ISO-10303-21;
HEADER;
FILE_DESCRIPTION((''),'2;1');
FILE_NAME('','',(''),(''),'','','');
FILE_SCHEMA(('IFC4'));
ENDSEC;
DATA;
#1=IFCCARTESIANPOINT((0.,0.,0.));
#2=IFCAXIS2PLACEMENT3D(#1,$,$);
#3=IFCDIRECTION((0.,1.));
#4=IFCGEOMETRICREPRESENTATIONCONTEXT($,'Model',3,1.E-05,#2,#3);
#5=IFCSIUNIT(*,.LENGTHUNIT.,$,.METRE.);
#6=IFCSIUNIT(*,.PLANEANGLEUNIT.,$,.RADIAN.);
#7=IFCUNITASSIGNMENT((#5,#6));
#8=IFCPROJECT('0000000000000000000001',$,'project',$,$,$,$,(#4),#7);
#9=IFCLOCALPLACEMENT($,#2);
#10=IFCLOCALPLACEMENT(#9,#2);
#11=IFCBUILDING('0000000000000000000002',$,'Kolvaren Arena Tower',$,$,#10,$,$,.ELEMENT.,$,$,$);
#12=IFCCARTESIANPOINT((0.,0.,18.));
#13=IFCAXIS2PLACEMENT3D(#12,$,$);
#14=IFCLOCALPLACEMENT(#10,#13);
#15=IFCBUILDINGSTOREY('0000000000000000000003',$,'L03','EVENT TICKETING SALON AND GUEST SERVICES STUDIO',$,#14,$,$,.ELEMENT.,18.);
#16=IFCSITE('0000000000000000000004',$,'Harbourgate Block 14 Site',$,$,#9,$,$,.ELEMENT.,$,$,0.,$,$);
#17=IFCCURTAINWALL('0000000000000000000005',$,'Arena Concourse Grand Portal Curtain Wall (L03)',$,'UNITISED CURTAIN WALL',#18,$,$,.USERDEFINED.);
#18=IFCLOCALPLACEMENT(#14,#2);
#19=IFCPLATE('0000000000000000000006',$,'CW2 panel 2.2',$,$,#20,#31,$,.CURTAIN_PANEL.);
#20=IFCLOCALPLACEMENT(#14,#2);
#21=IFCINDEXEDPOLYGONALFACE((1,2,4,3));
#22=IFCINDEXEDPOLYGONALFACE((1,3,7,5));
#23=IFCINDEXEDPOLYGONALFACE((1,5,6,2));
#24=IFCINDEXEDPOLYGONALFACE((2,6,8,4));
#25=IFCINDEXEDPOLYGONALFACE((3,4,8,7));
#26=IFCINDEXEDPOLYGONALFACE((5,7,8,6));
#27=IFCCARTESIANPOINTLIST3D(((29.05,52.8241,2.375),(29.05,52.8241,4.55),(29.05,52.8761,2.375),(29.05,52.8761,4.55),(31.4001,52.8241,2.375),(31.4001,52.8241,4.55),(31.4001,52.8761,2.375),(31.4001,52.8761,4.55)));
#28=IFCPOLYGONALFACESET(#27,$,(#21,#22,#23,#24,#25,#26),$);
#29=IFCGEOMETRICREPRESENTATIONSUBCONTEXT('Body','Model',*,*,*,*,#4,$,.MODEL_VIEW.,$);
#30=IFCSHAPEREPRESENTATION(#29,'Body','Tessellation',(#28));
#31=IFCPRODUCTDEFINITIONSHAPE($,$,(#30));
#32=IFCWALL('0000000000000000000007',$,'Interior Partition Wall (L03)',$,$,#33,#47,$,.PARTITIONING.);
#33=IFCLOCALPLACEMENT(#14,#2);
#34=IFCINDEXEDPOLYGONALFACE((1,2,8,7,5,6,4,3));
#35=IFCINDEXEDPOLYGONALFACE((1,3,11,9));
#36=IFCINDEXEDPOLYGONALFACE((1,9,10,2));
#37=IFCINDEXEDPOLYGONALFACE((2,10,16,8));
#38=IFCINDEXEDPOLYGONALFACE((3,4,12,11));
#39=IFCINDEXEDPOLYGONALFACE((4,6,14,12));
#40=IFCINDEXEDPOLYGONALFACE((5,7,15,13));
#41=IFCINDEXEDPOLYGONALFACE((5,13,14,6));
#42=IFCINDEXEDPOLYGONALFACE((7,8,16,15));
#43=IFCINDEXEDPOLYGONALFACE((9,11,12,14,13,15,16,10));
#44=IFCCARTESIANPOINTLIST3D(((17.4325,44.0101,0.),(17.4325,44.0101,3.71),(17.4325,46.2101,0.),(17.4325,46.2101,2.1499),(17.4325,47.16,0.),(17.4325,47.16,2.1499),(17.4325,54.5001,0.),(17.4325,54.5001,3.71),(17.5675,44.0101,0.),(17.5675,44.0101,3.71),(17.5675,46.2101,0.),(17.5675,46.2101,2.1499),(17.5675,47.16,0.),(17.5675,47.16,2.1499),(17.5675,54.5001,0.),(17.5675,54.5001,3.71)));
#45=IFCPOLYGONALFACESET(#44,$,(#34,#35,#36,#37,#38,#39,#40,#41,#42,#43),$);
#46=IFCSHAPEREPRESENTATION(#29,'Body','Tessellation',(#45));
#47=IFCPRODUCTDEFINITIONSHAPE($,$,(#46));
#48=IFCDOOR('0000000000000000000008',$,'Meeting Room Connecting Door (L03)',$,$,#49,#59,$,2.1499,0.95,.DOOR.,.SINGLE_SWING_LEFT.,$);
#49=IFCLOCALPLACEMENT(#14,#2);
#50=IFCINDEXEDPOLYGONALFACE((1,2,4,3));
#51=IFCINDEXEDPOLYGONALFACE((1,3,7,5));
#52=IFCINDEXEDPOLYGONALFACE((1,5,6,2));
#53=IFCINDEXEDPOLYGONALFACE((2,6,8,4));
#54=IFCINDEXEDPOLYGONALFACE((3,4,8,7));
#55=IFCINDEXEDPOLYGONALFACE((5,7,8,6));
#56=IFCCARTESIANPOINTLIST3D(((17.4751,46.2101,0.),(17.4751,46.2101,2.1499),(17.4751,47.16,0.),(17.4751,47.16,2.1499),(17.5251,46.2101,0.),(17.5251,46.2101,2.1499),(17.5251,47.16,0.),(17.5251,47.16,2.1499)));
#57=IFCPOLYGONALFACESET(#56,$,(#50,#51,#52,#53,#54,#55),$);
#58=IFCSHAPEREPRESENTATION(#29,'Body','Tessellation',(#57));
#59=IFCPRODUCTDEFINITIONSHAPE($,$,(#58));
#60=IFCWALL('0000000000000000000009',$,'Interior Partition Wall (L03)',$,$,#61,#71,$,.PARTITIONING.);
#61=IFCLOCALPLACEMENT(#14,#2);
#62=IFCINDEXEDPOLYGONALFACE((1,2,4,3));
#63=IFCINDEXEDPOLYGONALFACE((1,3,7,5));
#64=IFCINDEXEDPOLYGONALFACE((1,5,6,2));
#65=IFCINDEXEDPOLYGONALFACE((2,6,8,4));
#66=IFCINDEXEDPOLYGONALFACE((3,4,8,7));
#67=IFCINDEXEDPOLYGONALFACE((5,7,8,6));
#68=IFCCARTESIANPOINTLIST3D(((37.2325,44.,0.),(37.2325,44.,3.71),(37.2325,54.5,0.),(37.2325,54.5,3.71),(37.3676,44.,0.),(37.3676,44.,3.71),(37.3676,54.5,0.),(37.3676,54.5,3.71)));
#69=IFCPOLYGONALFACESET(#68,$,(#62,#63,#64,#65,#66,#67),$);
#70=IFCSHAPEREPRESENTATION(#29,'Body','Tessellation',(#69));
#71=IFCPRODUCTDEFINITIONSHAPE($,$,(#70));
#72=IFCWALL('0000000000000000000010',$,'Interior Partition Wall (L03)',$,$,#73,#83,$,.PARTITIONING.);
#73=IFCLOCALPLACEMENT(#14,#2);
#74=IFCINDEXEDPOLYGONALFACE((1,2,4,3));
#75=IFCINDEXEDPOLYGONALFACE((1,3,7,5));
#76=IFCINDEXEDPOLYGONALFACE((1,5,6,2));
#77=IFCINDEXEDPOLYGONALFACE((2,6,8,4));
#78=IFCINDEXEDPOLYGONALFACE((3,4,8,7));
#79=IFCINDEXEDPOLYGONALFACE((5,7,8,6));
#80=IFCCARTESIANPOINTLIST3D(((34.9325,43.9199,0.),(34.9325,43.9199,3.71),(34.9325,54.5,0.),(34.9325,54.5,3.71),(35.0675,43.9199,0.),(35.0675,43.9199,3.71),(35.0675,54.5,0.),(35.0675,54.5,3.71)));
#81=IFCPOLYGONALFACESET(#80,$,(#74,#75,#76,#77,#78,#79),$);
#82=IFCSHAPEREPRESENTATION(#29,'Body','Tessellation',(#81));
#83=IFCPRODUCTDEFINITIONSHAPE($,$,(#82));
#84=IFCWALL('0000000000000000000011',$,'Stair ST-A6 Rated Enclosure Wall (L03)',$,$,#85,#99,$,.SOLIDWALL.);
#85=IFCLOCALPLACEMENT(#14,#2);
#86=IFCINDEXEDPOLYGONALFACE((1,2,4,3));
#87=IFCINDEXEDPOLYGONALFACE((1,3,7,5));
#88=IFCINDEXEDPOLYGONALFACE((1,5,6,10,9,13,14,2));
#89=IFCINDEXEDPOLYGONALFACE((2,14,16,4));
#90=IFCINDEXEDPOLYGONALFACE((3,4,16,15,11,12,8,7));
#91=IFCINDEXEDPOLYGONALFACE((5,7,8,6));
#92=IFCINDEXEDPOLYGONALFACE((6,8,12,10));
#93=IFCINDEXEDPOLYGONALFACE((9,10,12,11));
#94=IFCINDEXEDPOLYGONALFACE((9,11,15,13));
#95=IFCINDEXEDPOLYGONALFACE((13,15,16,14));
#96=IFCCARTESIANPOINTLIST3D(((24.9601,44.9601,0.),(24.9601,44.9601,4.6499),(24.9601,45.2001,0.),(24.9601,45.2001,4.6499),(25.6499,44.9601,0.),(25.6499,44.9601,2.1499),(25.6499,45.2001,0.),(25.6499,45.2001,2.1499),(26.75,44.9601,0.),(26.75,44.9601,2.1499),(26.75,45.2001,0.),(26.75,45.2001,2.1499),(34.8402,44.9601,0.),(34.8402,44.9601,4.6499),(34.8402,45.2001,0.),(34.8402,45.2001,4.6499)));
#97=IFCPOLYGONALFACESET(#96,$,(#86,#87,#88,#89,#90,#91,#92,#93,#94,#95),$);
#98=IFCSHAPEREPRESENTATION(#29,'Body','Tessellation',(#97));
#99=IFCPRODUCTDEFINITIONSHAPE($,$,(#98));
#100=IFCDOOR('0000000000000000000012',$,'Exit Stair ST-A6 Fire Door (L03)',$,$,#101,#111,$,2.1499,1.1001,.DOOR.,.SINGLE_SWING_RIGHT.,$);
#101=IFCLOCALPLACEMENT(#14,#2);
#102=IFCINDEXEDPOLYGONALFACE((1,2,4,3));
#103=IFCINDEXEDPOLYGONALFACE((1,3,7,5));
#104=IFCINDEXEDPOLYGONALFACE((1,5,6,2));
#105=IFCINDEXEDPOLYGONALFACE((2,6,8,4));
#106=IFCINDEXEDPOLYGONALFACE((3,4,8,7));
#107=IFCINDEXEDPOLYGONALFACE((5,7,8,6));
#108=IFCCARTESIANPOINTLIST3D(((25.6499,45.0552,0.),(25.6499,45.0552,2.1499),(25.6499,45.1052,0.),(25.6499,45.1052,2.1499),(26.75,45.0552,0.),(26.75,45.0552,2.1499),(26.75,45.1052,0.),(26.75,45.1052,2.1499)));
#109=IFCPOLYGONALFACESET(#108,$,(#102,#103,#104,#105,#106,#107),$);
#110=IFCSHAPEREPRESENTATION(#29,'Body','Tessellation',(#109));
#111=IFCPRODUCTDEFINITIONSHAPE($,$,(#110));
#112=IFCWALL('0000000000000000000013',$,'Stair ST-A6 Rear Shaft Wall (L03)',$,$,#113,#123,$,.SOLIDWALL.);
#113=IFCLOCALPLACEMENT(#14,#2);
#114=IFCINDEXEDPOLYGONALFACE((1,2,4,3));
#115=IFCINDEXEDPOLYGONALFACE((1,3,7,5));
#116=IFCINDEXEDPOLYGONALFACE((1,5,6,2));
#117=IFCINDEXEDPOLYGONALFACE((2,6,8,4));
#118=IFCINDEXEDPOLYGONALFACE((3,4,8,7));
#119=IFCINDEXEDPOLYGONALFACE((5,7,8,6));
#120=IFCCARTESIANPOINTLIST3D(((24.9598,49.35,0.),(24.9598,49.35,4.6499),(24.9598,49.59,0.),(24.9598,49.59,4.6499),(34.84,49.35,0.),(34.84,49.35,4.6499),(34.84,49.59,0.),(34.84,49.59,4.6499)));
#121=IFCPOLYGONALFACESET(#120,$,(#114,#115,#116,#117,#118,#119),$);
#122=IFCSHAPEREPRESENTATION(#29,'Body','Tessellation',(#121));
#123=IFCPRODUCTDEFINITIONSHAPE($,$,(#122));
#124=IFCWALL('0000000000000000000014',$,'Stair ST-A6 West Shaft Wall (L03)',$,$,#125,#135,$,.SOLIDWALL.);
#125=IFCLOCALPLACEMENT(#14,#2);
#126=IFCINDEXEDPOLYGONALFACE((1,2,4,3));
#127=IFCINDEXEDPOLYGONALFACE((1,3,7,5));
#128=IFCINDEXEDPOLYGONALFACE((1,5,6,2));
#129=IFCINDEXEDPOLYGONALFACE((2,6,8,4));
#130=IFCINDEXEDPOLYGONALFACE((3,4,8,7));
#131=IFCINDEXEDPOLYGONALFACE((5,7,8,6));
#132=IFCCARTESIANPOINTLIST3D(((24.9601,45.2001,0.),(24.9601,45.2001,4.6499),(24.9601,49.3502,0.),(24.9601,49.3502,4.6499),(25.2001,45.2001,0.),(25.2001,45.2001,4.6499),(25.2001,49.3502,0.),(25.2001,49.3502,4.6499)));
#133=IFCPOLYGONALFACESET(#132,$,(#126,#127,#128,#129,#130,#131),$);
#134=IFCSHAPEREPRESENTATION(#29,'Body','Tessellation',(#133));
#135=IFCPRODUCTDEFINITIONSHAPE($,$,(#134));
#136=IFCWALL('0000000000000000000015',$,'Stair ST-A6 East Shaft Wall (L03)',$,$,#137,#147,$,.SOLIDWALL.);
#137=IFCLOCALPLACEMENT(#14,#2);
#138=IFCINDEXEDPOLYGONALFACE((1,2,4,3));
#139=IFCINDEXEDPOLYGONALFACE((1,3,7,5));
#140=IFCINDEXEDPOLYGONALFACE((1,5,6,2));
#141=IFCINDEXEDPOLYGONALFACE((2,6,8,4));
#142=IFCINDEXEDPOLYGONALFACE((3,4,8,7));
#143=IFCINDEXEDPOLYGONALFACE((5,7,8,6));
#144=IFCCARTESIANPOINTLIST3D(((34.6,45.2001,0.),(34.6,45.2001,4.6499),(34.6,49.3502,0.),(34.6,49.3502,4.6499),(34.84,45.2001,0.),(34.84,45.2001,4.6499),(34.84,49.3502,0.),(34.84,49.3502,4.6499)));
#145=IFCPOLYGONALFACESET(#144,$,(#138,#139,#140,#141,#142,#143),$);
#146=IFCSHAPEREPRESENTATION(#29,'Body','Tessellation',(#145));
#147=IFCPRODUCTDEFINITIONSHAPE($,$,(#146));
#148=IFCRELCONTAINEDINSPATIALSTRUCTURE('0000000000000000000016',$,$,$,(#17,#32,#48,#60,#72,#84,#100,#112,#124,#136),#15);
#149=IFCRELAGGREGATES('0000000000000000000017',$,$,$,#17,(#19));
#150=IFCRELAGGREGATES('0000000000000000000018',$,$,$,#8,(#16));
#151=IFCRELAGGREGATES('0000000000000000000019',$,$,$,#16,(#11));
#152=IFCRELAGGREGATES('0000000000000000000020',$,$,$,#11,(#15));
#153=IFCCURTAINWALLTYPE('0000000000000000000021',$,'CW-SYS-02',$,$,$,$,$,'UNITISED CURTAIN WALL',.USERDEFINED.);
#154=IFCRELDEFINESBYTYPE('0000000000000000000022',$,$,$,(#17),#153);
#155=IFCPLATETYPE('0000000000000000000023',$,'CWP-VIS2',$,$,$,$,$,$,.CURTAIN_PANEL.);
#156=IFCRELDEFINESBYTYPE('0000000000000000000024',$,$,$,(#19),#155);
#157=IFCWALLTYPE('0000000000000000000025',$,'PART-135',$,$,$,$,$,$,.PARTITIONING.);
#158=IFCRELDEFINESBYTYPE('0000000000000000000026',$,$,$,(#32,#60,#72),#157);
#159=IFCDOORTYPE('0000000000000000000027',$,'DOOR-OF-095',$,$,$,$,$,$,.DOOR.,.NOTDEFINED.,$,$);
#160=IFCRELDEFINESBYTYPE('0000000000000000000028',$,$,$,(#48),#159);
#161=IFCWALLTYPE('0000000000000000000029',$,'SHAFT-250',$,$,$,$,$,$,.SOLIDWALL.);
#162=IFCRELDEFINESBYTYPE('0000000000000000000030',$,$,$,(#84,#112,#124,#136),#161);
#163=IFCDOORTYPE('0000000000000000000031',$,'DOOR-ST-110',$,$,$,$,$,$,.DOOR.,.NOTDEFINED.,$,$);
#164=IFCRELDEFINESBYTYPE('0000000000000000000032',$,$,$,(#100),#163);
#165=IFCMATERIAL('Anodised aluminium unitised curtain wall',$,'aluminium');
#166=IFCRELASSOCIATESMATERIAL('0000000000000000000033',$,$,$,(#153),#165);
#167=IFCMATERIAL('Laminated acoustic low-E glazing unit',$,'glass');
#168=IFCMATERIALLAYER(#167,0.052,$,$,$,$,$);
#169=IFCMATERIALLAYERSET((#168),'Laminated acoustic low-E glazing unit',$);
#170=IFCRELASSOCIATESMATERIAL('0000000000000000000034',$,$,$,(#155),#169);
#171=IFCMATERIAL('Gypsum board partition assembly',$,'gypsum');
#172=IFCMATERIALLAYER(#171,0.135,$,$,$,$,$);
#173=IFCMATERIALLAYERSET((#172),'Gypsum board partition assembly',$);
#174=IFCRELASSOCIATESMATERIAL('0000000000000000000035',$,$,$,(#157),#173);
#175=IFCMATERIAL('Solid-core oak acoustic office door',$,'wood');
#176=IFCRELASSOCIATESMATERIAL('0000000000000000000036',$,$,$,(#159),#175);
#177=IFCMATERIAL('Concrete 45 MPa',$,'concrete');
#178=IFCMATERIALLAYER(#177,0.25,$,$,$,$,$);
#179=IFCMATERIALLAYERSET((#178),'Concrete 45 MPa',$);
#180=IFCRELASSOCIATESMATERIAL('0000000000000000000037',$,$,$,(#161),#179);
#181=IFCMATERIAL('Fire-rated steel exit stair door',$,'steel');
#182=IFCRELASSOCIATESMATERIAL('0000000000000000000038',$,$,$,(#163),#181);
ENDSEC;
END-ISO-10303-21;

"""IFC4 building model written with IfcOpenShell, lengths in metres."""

from ifc_helpers import new_model, si_unit, direction, frame, frame_2d, origin, origin_2d, place, context, subcontext, project, spatial, rectangle, extrude, material, layer, layer_set, type_object, element, fill, aggregate, save


model = new_model("IFC4")

# Units and contexts
model_context = context("Model", 3, precision=1e-05, world=origin(), true_north=direction((0.0, 1.0)))
body_context = subcontext(model_context, "Body", "Model", "MODEL_VIEW")
ifc_project = project(units=[si_unit("LENGTHUNIT", "METRE"), si_unit("PLANEANGLEUNIT", "RADIAN")], contexts=[model_context])

# Site, building, storey
site_placement = place(None, origin())
site = spatial("IfcSite", under=ifc_project, at=site_placement, Name="Harbourgate Block 14 Site", CompositionType="ELEMENT", RefElevation=0.0)
building_placement = place(site_placement, origin())
building = spatial("IfcBuilding", under=site, at=building_placement, Name="Kolvaren Arena Tower", CompositionType="ELEMENT")
storey_placement = place(building_placement, frame((0.0, 0.0, 18.0)))
storey = spatial("IfcBuildingStorey", under=building, at=storey_placement, Name="L03", Description="EVENT TICKETING SALON AND GUEST SERVICES STUDIO", CompositionType="ELEMENT", Elevation=18.0)

# Curtain wall
ifc_material_1 = material(Name="Anodised aluminium unitised curtain wall", Category="aluminium")
curtain_wall_type = type_object("IfcCurtainWallType", Name="CW-SYS-02", ElementType="UNITISED CURTAIN WALL", PredefinedType="USERDEFINED", material=ifc_material_1)
curtain_wall_placement = place(storey_placement, origin())
curtain_wall = element("IfcCurtainWall", 1, at=curtain_wall_placement, inside=storey, type_object=curtain_wall_type, Name="Arena Concourse Grand Portal Curtain Wall (L03)", ObjectType="UNITISED CURTAIN WALL", PredefinedType="USERDEFINED")

# Plate
ifc_material_2 = material(Name="Laminated acoustic low-E glazing unit", Category="glass")
ifc_layer_1 = layer(ifc_material_2, 0.052)
ifc_layer_set_1 = layer_set([ifc_layer_1], Name="Laminated acoustic low-E glazing unit")
plate_type = type_object("IfcPlateType", Name="CWP-VIS2", PredefinedType="CURTAIN_PANEL", material=ifc_layer_set_1)
plate_1_placement = place(storey_placement, frame((30.2251, 52.8501, 2.375), z_axis=(0.0, 0.0, 1.0), x_axis=(1.0, 0.0, 0.0)))
plate_1 = element("IfcPlate", 2, at=plate_1_placement, type_object=plate_type, Name="CW2 panel 2.2", PredefinedType="CURTAIN_PANEL", context=body_context, shape_type="SweptSolid", body=[
    extrude(rectangle(XDim=2.3501, YDim=0.052, at=origin_2d()), origin(), (0.0, 0.0, 1.0), 2.175),
])
aggregate(curtain_wall, [plate_1])

# Wall, opening, door
ifc_material_3 = material(Name="Gypsum board partition assembly", Category="gypsum")
ifc_layer_2 = layer(ifc_material_3, 0.135)
ifc_layer_set_2 = layer_set([ifc_layer_2], Name="Gypsum board partition assembly")
wall_type_1 = type_object("IfcWallType", Name="PART-135", PredefinedType="PARTITIONING", material=ifc_layer_set_2)
wall_1_placement = place(storey_placement, frame((17.5, 44.01, 0.0), z_axis=(0.0, 0.0, 1.0), x_axis=(0.0, 1.0, 0.0)))
wall_1 = element("IfcWall", 3, at=wall_1_placement, inside=storey, type_object=wall_type_1, Name="Interior Partition Wall (L03)", PredefinedType="PARTITIONING", context=body_context, shape_type="SweptSolid", body=[
    extrude(rectangle(XDim=10.49, YDim=0.135, at=frame_2d((5.2451, 0.0))), origin(), (0.0, 0.0, 1.0), 3.71),
])
opening_1_placement = place(wall_1_placement, frame((2.2, 0.0, 0.0)))
opening_1 = element("IfcOpeningElement", 4, at=opening_1_placement, cuts=wall_1, PredefinedType="OPENING", context=body_context, shape_type="SweptSolid", body=[
    extrude(rectangle(XDim=0.95, YDim=2.1499, at=frame_2d((0.4751, 1.075))), frame((0.0, 0.0774, 0.0), z_axis=(0.0, -1.0, 0.0), x_axis=(1.0, 0.0, 0.0)), (0.0, 0.0, 1.0), 0.155),
])
ifc_material_4 = material(Name="Solid-core oak acoustic office door", Category="wood")
door_type_1 = type_object("IfcDoorType", Name="DOOR-OF-095", OperationType="NOTDEFINED", PredefinedType="DOOR", material=ifc_material_4)
door_1_placement = place(opening_1_placement, origin())
door_1 = element("IfcDoor", 5, at=door_1_placement, inside=storey, type_object=door_type_1, Name="Meeting Room Connecting Door (L03)", OperationType="SINGLE_SWING_LEFT", OverallHeight=2.1499, OverallWidth=0.95, PredefinedType="DOOR", context=body_context, shape_type="SweptSolid", body=[
    extrude(rectangle(XDim=0.95, YDim=2.1499, at=frame_2d((0.4751, 1.075))), frame((0.0, 0.0249, 0.0), z_axis=(0.0, -1.0, 0.0), x_axis=(1.0, 0.0, 0.0)), (0.0, 0.0, 1.0), 0.05),
])
fill(opening_1, door_1)

# Walls
wall_2_placement = place(storey_placement, frame((37.3, 44.0, 0.0), z_axis=(0.0, 0.0, 1.0), x_axis=(0.0, 1.0, 0.0)))
element("IfcWall", 6, at=wall_2_placement, inside=storey, type_object=wall_type_1, Name="Interior Partition Wall (L03)", PredefinedType="PARTITIONING", context=body_context, shape_type="SweptSolid", body=[
    extrude(rectangle(XDim=10.5, YDim=0.135, at=frame_2d((5.25, 0.0))), origin(), (0.0, 0.0, 1.0), 3.71),
])
wall_3_placement = place(storey_placement, frame((35.0, 43.9199, 0.0), z_axis=(0.0, 0.0, 1.0), x_axis=(0.0, 1.0, 0.0)))
element("IfcWall", 7, at=wall_3_placement, inside=storey, type_object=wall_type_1, Name="Interior Partition Wall (L03)", PredefinedType="PARTITIONING", context=body_context, shape_type="SweptSolid", body=[
    extrude(rectangle(XDim=10.5801, YDim=0.135, at=frame_2d((5.29, 0.0))), origin(), (0.0, 0.0, 1.0), 3.71),
])

# Wall, opening, door
ifc_material_5 = material(Name="Concrete 45 MPa", Category="concrete")
ifc_layer_3 = layer(ifc_material_5, 0.25)
ifc_layer_set_3 = layer_set([ifc_layer_3], Name="Concrete 45 MPa")
wall_type_2 = type_object("IfcWallType", Name="SHAFT-250", PredefinedType="SOLIDWALL", material=ifc_layer_set_3)
wall_4_placement = place(storey_placement, frame((34.8401, 45.0801, 0.0), z_axis=(0.0, 0.0, 1.0), x_axis=(-1.0, 0.0, 0.0)))
wall_4 = element("IfcWall", 8, at=wall_4_placement, inside=storey, type_object=wall_type_2, Name="Stair ST-A6 Rated Enclosure Wall (L03)", PredefinedType="SOLIDWALL", context=body_context, shape_type="SweptSolid", body=[
    extrude(rectangle(XDim=9.8801, YDim=0.24, at=frame_2d((4.9399, 0.0))), origin(), (0.0, 0.0, 1.0), 4.6499),
])
opening_2_placement = place(wall_4_placement, frame((8.0901, 0.0, 0.0)))
opening_2 = element("IfcOpeningElement", 9, at=opening_2_placement, cuts=wall_4, PredefinedType="OPENING", context=body_context, shape_type="SweptSolid", body=[
    extrude(rectangle(XDim=1.1001, YDim=2.1499, at=frame_2d((0.55, 1.075))), frame((0.0, 0.1299, 0.0), z_axis=(0.0, -1.0, 0.0), x_axis=(1.0, 0.0, 0.0)), (0.0, 0.0, 1.0), 0.26),
])
ifc_material_6 = material(Name="Fire-rated steel exit stair door", Category="steel")
door_type_2 = type_object("IfcDoorType", Name="DOOR-ST-110", OperationType="NOTDEFINED", PredefinedType="DOOR", material=ifc_material_6)
door_2_placement = place(opening_2_placement, origin())
door_2 = element("IfcDoor", 10, at=door_2_placement, inside=storey, type_object=door_type_2, Name="Exit Stair ST-A6 Fire Door (L03)", OperationType="SINGLE_SWING_RIGHT", OverallHeight=2.1499, OverallWidth=1.1001, PredefinedType="DOOR", context=body_context, shape_type="SweptSolid", body=[
    extrude(rectangle(XDim=1.1001, YDim=2.1499, at=frame_2d((0.55, 1.075))), frame((0.0, 0.0249, 0.0), z_axis=(0.0, -1.0, 0.0), x_axis=(1.0, 0.0, 0.0)), (0.0, 0.0, 1.0), 0.05),
])
fill(opening_2, door_2)

# Walls
wall_5_placement = place(storey_placement, frame((24.96, 49.47, 0.0), z_axis=(0.0, 0.0, 1.0), x_axis=(1.0, 0.0, 0.0)))
element("IfcWall", 11, at=wall_5_placement, inside=storey, type_object=wall_type_2, Name="Stair ST-A6 Rear Shaft Wall (L03)", PredefinedType="SOLIDWALL", context=body_context, shape_type="SweptSolid", body=[
    extrude(rectangle(XDim=9.8801, YDim=0.24, at=frame_2d((4.9399, 0.0))), origin(), (0.0, 0.0, 1.0), 4.6499),
])
for number, where, z_axis, x_axis, name in (
    (12, (25.0801, 45.2, 0.0), (0.0, 0.0, 1.0), (0.0, 1.0, 0.0), "Stair ST-A6 West Shaft Wall (L03)"),
    (13, (34.72, 45.2, 0.0), (0.0, 0.0, 1.0), (0.0, 1.0, 0.0), "Stair ST-A6 East Shaft Wall (L03)"),
):
    element("IfcWall", number, at=place(storey_placement, frame(where, z_axis=z_axis, x_axis=x_axis)), inside=storey, type_object=wall_type_2, Name=name, PredefinedType="SOLIDWALL", context=body_context, shape_type="SweptSolid", body=[
        extrude(rectangle(XDim=4.1501, YDim=0.24, at=frame_2d((2.0752, 0.0))), origin(), (0.0, 0.0, 1.0), 4.6499),
    ])

save(model, "model.ifc")
